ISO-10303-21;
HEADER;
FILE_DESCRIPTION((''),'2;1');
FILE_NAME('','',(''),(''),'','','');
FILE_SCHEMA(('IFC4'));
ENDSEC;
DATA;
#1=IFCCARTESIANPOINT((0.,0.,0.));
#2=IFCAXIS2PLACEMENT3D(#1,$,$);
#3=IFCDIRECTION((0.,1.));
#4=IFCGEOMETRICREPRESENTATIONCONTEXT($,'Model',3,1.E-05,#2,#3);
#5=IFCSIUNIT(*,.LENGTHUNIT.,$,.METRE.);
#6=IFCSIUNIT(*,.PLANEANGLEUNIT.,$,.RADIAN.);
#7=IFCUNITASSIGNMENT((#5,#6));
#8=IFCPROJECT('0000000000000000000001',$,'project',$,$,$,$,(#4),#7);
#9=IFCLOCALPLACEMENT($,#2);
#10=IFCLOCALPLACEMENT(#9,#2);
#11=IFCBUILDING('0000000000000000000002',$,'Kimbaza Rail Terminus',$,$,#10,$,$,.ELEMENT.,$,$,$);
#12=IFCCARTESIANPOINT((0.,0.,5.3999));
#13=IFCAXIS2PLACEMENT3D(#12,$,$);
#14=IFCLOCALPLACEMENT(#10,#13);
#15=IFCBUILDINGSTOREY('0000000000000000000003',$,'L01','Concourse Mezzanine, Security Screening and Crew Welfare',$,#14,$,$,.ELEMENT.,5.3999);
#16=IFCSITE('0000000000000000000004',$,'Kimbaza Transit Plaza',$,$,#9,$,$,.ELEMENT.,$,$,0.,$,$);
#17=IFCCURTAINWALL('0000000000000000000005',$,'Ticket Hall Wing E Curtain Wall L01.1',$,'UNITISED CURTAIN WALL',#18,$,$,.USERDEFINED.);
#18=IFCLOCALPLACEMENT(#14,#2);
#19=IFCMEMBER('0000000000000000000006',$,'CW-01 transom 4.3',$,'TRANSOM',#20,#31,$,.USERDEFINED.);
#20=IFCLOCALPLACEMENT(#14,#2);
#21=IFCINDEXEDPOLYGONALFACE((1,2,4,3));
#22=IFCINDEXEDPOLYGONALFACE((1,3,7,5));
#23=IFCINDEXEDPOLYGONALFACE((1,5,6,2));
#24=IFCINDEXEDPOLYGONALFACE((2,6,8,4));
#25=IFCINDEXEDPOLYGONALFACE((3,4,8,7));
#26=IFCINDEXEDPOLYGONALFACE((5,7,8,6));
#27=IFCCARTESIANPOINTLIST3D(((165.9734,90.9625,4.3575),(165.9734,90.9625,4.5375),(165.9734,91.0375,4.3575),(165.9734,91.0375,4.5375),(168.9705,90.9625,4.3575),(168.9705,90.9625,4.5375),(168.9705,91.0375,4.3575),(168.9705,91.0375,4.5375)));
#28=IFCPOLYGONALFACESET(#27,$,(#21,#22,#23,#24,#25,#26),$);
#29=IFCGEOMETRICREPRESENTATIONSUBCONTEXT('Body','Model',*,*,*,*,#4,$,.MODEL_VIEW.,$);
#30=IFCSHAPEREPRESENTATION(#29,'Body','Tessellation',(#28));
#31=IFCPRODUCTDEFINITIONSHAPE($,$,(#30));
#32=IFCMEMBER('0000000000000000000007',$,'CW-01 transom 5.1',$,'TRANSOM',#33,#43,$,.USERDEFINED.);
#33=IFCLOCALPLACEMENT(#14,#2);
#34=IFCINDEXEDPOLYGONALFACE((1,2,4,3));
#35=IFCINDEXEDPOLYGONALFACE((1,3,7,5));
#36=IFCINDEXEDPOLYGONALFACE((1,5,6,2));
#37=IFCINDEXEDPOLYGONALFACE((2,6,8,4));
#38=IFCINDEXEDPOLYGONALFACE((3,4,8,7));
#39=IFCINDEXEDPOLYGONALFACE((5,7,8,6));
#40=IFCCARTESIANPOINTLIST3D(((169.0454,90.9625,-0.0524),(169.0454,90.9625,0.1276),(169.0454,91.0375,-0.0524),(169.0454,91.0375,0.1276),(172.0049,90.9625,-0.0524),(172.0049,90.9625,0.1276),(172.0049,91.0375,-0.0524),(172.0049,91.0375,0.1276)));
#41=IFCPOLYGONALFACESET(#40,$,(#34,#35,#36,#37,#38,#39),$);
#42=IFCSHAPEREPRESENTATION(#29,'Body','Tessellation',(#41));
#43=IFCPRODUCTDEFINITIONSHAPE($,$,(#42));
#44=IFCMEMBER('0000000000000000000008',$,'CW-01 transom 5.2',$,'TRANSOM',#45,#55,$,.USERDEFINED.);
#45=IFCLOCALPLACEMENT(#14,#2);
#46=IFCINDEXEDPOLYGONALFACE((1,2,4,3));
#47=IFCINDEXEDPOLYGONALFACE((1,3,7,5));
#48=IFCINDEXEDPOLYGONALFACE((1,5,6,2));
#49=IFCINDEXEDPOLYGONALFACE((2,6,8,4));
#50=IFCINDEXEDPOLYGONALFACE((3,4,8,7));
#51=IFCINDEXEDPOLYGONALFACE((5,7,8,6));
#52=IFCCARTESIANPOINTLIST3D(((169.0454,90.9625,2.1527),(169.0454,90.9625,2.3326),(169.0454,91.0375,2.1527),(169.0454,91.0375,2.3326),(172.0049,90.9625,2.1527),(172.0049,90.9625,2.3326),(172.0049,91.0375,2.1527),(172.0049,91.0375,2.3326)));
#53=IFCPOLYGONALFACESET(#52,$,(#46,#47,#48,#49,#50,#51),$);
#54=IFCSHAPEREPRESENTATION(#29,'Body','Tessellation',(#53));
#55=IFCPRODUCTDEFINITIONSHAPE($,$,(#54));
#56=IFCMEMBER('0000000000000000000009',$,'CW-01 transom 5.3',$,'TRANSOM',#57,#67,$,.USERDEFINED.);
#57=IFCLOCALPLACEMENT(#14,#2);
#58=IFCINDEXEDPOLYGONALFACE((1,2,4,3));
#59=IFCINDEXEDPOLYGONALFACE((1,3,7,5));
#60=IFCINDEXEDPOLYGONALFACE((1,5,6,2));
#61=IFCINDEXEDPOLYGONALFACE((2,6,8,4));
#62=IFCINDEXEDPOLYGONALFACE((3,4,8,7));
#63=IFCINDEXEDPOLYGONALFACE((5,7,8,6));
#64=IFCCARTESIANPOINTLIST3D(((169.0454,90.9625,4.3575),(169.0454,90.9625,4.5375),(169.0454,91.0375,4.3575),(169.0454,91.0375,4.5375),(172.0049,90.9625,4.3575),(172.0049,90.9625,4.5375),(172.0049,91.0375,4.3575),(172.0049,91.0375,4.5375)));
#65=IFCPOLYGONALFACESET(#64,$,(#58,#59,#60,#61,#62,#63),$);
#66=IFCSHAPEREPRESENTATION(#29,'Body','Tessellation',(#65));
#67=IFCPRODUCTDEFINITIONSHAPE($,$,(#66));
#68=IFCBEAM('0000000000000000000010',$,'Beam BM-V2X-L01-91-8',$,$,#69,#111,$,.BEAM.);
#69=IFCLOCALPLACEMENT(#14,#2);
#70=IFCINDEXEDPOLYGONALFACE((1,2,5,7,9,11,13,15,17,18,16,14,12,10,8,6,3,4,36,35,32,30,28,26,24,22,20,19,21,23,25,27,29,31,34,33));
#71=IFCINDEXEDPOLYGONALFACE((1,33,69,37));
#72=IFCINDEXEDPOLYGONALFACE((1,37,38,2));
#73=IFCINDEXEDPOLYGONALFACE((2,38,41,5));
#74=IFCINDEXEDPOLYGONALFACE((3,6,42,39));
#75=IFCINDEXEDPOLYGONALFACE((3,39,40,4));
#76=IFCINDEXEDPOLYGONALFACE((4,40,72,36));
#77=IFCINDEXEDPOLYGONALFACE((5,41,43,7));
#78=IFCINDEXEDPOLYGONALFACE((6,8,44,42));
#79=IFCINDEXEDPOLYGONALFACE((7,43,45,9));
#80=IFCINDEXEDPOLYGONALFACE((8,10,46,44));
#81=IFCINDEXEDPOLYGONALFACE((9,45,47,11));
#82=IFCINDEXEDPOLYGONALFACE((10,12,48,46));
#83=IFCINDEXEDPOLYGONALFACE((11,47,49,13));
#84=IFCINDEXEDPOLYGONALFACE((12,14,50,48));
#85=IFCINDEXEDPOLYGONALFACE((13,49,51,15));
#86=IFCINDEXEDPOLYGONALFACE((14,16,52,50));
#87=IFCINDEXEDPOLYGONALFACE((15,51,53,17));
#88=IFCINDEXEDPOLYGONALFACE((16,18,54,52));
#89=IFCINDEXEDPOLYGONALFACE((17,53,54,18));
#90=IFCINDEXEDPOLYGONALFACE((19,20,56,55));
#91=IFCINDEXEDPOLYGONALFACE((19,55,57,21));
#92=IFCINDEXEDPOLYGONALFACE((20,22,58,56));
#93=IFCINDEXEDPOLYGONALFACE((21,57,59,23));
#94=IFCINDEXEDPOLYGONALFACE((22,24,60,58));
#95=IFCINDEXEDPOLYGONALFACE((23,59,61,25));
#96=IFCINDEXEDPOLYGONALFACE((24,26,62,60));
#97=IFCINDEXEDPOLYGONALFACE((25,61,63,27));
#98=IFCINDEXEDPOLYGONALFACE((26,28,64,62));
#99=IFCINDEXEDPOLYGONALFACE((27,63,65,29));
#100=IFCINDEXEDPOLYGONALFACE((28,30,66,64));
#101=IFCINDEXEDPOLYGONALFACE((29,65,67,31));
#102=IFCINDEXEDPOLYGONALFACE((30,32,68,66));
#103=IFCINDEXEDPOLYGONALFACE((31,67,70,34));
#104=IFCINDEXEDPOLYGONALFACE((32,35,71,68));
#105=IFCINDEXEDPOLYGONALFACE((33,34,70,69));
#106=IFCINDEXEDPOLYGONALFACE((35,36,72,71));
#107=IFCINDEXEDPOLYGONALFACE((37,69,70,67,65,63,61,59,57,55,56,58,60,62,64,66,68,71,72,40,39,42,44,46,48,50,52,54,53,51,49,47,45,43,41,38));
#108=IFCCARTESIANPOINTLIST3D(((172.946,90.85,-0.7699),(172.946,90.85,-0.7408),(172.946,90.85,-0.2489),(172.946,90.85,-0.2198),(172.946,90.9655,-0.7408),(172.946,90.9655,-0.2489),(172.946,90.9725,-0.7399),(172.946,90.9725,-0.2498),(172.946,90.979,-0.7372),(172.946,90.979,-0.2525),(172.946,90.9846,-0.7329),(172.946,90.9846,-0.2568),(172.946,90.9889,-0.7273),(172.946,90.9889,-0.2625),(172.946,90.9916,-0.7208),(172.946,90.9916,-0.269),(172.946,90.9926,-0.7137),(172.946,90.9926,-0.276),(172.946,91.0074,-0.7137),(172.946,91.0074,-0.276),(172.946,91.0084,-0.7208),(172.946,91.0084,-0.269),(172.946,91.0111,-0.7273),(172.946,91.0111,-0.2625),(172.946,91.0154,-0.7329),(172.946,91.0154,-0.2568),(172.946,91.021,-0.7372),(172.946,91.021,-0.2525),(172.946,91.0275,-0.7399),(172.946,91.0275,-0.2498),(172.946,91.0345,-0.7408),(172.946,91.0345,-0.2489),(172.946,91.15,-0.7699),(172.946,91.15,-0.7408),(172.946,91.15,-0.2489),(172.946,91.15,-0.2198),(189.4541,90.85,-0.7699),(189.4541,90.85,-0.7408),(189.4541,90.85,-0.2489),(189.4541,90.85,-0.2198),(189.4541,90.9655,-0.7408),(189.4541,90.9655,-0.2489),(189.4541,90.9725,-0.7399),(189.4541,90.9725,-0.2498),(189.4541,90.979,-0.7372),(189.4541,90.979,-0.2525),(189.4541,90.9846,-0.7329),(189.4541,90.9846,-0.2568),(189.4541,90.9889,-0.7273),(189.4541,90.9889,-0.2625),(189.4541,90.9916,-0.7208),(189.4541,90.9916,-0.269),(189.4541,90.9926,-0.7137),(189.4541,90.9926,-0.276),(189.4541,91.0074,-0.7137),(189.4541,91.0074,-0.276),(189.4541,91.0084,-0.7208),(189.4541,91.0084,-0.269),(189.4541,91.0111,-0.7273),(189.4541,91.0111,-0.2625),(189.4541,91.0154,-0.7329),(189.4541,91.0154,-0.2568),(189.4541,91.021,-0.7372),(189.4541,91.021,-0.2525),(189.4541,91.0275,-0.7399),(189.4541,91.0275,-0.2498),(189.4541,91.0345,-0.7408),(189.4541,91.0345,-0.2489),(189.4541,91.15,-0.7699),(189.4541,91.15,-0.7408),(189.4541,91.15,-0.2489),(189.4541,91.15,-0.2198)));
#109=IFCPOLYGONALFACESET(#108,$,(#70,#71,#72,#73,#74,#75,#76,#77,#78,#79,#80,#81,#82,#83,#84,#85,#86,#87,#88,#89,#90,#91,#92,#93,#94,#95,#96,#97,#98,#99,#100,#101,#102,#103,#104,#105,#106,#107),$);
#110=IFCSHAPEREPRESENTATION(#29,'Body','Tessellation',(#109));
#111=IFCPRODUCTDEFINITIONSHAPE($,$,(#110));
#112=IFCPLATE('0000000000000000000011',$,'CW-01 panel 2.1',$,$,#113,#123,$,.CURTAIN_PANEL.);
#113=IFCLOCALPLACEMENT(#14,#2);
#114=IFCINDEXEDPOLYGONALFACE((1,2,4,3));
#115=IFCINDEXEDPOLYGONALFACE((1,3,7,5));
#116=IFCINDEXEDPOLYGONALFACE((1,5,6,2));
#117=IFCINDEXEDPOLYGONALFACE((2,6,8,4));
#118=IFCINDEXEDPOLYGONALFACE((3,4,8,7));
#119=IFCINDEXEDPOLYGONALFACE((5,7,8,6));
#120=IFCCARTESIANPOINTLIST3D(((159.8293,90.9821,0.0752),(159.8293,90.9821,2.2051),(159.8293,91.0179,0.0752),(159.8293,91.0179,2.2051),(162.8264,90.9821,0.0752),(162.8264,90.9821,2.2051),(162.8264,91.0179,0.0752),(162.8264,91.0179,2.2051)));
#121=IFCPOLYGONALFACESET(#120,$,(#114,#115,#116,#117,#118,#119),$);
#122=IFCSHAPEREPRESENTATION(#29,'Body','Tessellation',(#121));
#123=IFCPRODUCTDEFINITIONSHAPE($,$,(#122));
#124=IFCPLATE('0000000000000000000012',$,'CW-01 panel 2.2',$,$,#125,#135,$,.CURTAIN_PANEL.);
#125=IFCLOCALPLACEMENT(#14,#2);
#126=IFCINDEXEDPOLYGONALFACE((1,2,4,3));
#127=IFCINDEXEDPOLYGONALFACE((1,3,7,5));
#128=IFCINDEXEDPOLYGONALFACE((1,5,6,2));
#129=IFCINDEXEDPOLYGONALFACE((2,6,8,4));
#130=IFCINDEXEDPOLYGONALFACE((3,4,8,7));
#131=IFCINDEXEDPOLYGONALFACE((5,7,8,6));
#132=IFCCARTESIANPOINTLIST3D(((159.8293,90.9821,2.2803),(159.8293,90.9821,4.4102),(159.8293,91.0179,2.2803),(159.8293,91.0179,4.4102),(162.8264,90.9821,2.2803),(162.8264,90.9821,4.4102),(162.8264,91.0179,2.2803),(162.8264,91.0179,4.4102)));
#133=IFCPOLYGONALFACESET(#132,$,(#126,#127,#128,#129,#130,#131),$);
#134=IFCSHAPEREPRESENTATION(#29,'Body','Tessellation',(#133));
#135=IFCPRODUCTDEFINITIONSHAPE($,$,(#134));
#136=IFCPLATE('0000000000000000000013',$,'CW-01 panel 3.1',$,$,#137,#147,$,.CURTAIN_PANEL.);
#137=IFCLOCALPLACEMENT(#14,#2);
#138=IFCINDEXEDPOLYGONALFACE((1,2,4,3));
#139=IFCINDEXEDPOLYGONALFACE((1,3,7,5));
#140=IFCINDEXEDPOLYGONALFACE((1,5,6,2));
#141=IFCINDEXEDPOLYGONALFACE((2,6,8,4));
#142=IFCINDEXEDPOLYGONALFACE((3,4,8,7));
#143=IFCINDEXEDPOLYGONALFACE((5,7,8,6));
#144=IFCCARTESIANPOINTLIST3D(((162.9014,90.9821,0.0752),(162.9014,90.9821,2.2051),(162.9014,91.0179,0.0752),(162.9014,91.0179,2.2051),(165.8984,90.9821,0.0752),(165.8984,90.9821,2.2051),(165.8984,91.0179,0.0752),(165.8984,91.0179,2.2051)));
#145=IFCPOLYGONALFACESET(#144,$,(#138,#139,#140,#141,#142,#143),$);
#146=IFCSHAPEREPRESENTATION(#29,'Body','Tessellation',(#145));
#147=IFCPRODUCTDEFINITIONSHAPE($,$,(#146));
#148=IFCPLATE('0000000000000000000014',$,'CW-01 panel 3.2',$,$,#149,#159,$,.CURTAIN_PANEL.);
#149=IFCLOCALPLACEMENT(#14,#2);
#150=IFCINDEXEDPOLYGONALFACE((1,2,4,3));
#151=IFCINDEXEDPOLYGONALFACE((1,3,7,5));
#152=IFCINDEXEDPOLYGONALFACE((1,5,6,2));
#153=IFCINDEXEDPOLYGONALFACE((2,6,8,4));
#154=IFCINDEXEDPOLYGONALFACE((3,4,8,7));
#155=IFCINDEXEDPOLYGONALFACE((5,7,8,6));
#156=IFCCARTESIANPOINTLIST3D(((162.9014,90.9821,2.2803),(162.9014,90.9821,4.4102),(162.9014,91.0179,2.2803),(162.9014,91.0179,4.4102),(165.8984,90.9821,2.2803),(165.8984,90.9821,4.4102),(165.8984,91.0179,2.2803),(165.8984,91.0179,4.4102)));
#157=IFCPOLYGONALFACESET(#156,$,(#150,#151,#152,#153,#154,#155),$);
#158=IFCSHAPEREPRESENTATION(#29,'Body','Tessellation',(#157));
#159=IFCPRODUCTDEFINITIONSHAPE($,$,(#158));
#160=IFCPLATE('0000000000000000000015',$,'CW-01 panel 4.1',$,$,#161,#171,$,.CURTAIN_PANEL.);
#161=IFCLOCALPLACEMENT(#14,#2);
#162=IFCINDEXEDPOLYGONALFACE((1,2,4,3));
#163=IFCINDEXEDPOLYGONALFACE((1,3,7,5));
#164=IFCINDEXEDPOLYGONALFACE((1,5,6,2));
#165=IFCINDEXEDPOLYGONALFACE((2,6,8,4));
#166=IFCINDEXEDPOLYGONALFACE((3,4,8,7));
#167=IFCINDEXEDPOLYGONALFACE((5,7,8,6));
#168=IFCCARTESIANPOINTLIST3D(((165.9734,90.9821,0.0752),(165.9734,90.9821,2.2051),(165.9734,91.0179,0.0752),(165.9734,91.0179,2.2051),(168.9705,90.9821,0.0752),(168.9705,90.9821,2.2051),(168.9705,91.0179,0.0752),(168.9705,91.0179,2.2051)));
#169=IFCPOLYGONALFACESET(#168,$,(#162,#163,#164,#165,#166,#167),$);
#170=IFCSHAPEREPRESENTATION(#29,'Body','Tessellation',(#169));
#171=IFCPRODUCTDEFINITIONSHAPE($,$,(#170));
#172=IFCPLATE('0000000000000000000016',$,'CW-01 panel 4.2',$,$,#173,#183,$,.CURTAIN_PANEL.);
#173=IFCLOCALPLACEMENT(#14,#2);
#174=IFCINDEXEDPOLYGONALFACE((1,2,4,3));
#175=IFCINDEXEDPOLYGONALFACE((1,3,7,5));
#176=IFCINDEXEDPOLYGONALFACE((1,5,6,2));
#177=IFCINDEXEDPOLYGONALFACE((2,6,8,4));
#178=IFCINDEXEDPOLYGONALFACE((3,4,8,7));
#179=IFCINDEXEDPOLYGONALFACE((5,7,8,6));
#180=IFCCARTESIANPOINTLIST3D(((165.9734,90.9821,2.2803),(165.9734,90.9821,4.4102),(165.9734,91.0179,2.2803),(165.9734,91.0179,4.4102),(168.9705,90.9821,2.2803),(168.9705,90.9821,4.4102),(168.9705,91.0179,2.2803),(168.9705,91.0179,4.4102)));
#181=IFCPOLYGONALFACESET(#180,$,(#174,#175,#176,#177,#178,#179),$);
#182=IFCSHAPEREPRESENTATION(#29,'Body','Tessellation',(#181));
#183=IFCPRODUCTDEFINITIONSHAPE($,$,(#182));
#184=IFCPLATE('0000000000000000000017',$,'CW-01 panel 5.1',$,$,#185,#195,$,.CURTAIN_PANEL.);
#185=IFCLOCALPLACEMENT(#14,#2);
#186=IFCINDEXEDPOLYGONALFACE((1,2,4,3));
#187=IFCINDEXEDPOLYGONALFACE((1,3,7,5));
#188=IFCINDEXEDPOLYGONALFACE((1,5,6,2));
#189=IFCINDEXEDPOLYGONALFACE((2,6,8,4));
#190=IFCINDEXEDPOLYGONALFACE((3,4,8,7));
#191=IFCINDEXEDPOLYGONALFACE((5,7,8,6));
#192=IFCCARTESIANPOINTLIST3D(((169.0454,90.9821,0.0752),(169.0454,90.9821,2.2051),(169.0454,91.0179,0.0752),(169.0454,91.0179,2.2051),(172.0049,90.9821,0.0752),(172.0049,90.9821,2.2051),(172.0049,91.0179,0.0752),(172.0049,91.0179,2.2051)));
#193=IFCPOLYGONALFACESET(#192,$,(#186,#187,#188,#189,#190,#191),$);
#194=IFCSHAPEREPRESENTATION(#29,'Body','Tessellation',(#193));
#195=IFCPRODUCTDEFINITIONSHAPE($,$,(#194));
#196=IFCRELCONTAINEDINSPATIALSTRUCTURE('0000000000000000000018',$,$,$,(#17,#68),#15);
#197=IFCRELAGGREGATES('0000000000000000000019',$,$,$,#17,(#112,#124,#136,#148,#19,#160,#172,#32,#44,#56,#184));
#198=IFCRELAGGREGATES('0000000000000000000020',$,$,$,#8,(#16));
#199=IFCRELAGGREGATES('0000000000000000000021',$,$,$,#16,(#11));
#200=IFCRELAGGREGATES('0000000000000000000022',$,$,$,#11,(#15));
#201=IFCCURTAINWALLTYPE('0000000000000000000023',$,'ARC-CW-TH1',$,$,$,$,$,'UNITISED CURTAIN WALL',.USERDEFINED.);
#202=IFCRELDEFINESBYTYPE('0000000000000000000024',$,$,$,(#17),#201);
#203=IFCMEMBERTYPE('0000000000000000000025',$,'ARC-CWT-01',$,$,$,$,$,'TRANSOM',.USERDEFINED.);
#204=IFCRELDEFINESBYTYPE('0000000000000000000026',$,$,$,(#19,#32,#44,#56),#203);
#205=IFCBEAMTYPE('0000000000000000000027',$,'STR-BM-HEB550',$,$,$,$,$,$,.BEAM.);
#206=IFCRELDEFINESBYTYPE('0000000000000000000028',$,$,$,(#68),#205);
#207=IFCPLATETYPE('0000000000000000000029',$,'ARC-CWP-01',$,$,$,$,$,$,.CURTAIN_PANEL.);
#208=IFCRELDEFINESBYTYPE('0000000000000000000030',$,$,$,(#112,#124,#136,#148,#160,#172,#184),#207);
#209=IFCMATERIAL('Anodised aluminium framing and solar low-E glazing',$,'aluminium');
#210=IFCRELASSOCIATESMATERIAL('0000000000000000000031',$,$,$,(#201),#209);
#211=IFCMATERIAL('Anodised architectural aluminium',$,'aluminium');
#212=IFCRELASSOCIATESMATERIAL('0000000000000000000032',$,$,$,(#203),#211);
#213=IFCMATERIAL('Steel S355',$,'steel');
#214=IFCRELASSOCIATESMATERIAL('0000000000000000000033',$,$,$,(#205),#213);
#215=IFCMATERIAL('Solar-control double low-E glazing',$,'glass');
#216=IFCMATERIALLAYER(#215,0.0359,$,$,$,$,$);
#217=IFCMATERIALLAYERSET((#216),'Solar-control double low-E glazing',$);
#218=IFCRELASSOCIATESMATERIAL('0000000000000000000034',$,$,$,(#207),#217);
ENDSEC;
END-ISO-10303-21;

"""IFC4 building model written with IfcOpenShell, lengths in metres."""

from ifc_helpers import new_model, si_unit, direction, frame, origin, origin_2d, place, context, subcontext, project, spatial, rectangle, i_section, extrude, material, layer, layer_set, material_profile, profile_set, type_object, element, aggregate, save


model = new_model("IFC4")

# Units and contexts
model_context = context("Model", 3, precision=1e-05, world=origin(), true_north=direction((0.0, 1.0)))
body_context = subcontext(model_context, "Body", "Model", "MODEL_VIEW")
ifc_project = project(units=[si_unit("LENGTHUNIT", "METRE"), si_unit("PLANEANGLEUNIT", "RADIAN")], contexts=[model_context])

# Site, building, storey
site_placement = place(None, origin())
site = spatial("IfcSite", under=ifc_project, at=site_placement, Name="Kimbaza Transit Plaza", CompositionType="ELEMENT", RefElevation=0.0)
building_placement = place(site_placement, origin())
building = spatial("IfcBuilding", under=site, at=building_placement, Name="Kimbaza Rail Terminus", CompositionType="ELEMENT")
storey_placement = place(building_placement, frame((0.0, 0.0, 5.3999)))
storey = spatial("IfcBuildingStorey", under=building, at=storey_placement, Name="L01", Description="Concourse Mezzanine, Security Screening and Crew Welfare", CompositionType="ELEMENT", Elevation=5.3999)

# Curtain wall
ifc_material_1 = material(Name="Anodised aluminium framing and solar low-E glazing", Category="aluminium")
curtain_wall_type = type_object("IfcCurtainWallType", Name="ARC-CW-TH1", ElementType="UNITISED CURTAIN WALL", PredefinedType="USERDEFINED", material=ifc_material_1)
curtain_wall_1_placement = place(storey_placement, origin())
curtain_wall_1 = element("IfcCurtainWall", 1, at=curtain_wall_1_placement, inside=storey, type_object=curtain_wall_type, Name="Ticket Hall Wing E Curtain Wall L01.1", ObjectType="UNITISED CURTAIN WALL", PredefinedType="USERDEFINED")

# Members
ifc_material_2 = material(Name="Anodised architectural aluminium", Category="aluminium")
ifc_material_profile_1 = material_profile(ifc_material_2, rectangle(XDim=0.075, YDim=0.1799, at=origin_2d()), Name="TRANSOM 75x180")
ifc_profile_set_1 = profile_set([ifc_material_profile_1], Name="Anodised architectural aluminium")
member_type_1 = type_object("IfcMemberType", Name="ARC-CWT-01", ElementType="TRANSOM", PredefinedType="USERDEFINED", material=ifc_profile_set_1)
member_1_placement = place(storey_placement, frame((165.9734, 91.0, 4.4475), z_axis=(1.0, 0.0, 0.0), x_axis=(0.0, 1.0, 0.0)))
member_1 = element("IfcMember", 2, at=member_1_placement, type_object=member_type_1, Name="CW-01 transom 4.3", ObjectType="TRANSOM", PredefinedType="USERDEFINED", context=body_context, shape_type="SweptSolid", body=[
    extrude(rectangle(XDim=0.075, YDim=0.1799, at=origin_2d()), origin(), (0.0, 0.0, 1.0), 2.9971),
])
member_2_placement = place(storey_placement, frame((169.0454, 91.0, 0.0376), z_axis=(1.0, 0.0, 0.0), x_axis=(0.0, 1.0, 0.0)))
member_2 = element("IfcMember", 3, at=member_2_placement, type_object=member_type_1, Name="CW-01 transom 5.1", ObjectType="TRANSOM", PredefinedType="USERDEFINED", context=body_context, shape_type="SweptSolid", body=[
    extrude(rectangle(XDim=0.075, YDim=0.1799, at=origin_2d()), origin(), (0.0, 0.0, 1.0), 2.9595),
])
member_3_placement = place(storey_placement, frame((169.0454, 91.0, 2.2427), z_axis=(1.0, 0.0, 0.0), x_axis=(0.0, 1.0, 0.0)))
member_3 = element("IfcMember", 4, at=member_3_placement, type_object=member_type_1, Name="CW-01 transom 5.2", ObjectType="TRANSOM", PredefinedType="USERDEFINED", context=body_context, shape_type="SweptSolid", body=[
    extrude(rectangle(XDim=0.075, YDim=0.1799, at=origin_2d()), origin(), (0.0, 0.0, 1.0), 2.9595),
])
member_4_placement = place(storey_placement, frame((169.0454, 91.0, 4.4475), z_axis=(1.0, 0.0, 0.0), x_axis=(0.0, 1.0, 0.0)))
member_4 = element("IfcMember", 5, at=member_4_placement, type_object=member_type_1, Name="CW-01 transom 5.3", ObjectType="TRANSOM", PredefinedType="USERDEFINED", context=body_context, shape_type="SweptSolid", body=[
    extrude(rectangle(XDim=0.075, YDim=0.1799, at=origin_2d()), origin(), (0.0, 0.0, 1.0), 2.9595),
])

# Beam
ifc_material_3 = material(Name="Steel S355", Category="steel")
ifc_material_profile_2 = material_profile(ifc_material_3, i_section(OverallWidth=0.3, OverallDepth=0.55, WebThickness=0.0149, FlangeThickness=0.0291, FilletRadius=0.0271, at=origin_2d()), Name="HEB 550")
ifc_profile_set_2 = profile_set([ifc_material_profile_2], Name="Steel S355")
beam_type = type_object("IfcBeamType", Name="STR-BM-HEB550", PredefinedType="BEAM", material=ifc_profile_set_2)
beam_placement = place(storey_placement, frame((172.946, 91.0, -0.4949), z_axis=(1.0, 0.0, 0.0), x_axis=(0.0, 1.0, 0.0)))
element("IfcBeam", 6, at=beam_placement, inside=storey, type_object=beam_type, Name="Beam BM-V2X-L01-91-8", PredefinedType="BEAM", context=body_context, shape_type="SweptSolid", body=[
    extrude(i_section(OverallWidth=0.3, OverallDepth=0.55, WebThickness=0.0149, FlangeThickness=0.0291, FilletRadius=0.0271, at=origin_2d()), origin(), (0.0, 0.0, 1.0), 16.5081),
])

# Plates
ifc_material_4 = material(Name="Solar-control double low-E glazing", Category="glass")
ifc_layer_1 = layer(ifc_material_4, 0.0359)
ifc_layer_set_1 = layer_set([ifc_layer_1], Name="Solar-control double low-E glazing")
plate_type = type_object("IfcPlateType", Name="ARC-CWP-01", PredefinedType="CURTAIN_PANEL", material=ifc_layer_set_1)
plate_1_placement = place(storey_placement, frame((161.3279, 91.0, 0.0752), z_axis=(0.0, 0.0, 1.0), x_axis=(1.0, 0.0, 0.0)))
plate_1 = element("IfcPlate", 7, at=plate_1_placement, type_object=plate_type, Name="CW-01 panel 2.1", PredefinedType="CURTAIN_PANEL", context=body_context, shape_type="SweptSolid", body=[
    extrude(rectangle(XDim=2.9971, YDim=0.0359, at=origin_2d()), origin(), (0.0, 0.0, 1.0), 2.1299),
])
plate_2_placement = place(storey_placement, frame((161.3279, 91.0, 2.2803), z_axis=(0.0, 0.0, 1.0), x_axis=(1.0, 0.0, 0.0)))
plate_2 = element("IfcPlate", 8, at=plate_2_placement, type_object=plate_type, Name="CW-01 panel 2.2", PredefinedType="CURTAIN_PANEL", context=body_context, shape_type="SweptSolid", body=[
    extrude(rectangle(XDim=2.9971, YDim=0.0359, at=origin_2d()), origin(), (0.0, 0.0, 1.0), 2.1299),
])
plate_3_placement = place(storey_placement, frame((164.3999, 91.0, 0.0752), z_axis=(0.0, 0.0, 1.0), x_axis=(1.0, 0.0, 0.0)))
plate_3 = element("IfcPlate", 9, at=plate_3_placement, type_object=plate_type, Name="CW-01 panel 3.1", PredefinedType="CURTAIN_PANEL", context=body_context, shape_type="SweptSolid", body=[
    extrude(rectangle(XDim=2.9971, YDim=0.0359, at=origin_2d()), origin(), (0.0, 0.0, 1.0), 2.1299),
])
plate_4_placement = place(storey_placement, frame((164.3999, 91.0, 2.2803), z_axis=(0.0, 0.0, 1.0), x_axis=(1.0, 0.0, 0.0)))
plate_4 = element("IfcPlate", 10, at=plate_4_placement, type_object=plate_type, Name="CW-01 panel 3.2", PredefinedType="CURTAIN_PANEL", context=body_context, shape_type="SweptSolid", body=[
    extrude(rectangle(XDim=2.9971, YDim=0.0359, at=origin_2d()), origin(), (0.0, 0.0, 1.0), 2.1299),
])
plate_5_placement = place(storey_placement, frame((167.4719, 91.0, 0.0752), z_axis=(0.0, 0.0, 1.0), x_axis=(1.0, 0.0, 0.0)))
plate_5 = element("IfcPlate", 11, at=plate_5_placement, type_object=plate_type, Name="CW-01 panel 4.1", PredefinedType="CURTAIN_PANEL", context=body_context, shape_type="SweptSolid", body=[
    extrude(rectangle(XDim=2.9971, YDim=0.0359, at=origin_2d()), origin(), (0.0, 0.0, 1.0), 2.1299),
])
plate_6_placement = place(storey_placement, frame((167.4719, 91.0, 2.2803), z_axis=(0.0, 0.0, 1.0), x_axis=(1.0, 0.0, 0.0)))
plate_6 = element("IfcPlate", 12, at=plate_6_placement, type_object=plate_type, Name="CW-01 panel 4.2", PredefinedType="CURTAIN_PANEL", context=body_context, shape_type="SweptSolid", body=[
    extrude(rectangle(XDim=2.9971, YDim=0.0359, at=origin_2d()), origin(), (0.0, 0.0, 1.0), 2.1299),
])
plate_7_placement = place(storey_placement, frame((170.5251, 91.0, 0.0752), z_axis=(0.0, 0.0, 1.0), x_axis=(1.0, 0.0, 0.0)))
plate_7 = element("IfcPlate", 13, at=plate_7_placement, type_object=plate_type, Name="CW-01 panel 5.1", PredefinedType="CURTAIN_PANEL", context=body_context, shape_type="SweptSolid", body=[
    extrude(rectangle(XDim=2.9595, YDim=0.0359, at=origin_2d()), origin(), (0.0, 0.0, 1.0), 2.1299),
])
aggregate(curtain_wall_1, [plate_1, plate_2, plate_3, plate_4, member_1, plate_5, plate_6, member_2, member_3, member_4, plate_7])

save(model, "model.ifc")
